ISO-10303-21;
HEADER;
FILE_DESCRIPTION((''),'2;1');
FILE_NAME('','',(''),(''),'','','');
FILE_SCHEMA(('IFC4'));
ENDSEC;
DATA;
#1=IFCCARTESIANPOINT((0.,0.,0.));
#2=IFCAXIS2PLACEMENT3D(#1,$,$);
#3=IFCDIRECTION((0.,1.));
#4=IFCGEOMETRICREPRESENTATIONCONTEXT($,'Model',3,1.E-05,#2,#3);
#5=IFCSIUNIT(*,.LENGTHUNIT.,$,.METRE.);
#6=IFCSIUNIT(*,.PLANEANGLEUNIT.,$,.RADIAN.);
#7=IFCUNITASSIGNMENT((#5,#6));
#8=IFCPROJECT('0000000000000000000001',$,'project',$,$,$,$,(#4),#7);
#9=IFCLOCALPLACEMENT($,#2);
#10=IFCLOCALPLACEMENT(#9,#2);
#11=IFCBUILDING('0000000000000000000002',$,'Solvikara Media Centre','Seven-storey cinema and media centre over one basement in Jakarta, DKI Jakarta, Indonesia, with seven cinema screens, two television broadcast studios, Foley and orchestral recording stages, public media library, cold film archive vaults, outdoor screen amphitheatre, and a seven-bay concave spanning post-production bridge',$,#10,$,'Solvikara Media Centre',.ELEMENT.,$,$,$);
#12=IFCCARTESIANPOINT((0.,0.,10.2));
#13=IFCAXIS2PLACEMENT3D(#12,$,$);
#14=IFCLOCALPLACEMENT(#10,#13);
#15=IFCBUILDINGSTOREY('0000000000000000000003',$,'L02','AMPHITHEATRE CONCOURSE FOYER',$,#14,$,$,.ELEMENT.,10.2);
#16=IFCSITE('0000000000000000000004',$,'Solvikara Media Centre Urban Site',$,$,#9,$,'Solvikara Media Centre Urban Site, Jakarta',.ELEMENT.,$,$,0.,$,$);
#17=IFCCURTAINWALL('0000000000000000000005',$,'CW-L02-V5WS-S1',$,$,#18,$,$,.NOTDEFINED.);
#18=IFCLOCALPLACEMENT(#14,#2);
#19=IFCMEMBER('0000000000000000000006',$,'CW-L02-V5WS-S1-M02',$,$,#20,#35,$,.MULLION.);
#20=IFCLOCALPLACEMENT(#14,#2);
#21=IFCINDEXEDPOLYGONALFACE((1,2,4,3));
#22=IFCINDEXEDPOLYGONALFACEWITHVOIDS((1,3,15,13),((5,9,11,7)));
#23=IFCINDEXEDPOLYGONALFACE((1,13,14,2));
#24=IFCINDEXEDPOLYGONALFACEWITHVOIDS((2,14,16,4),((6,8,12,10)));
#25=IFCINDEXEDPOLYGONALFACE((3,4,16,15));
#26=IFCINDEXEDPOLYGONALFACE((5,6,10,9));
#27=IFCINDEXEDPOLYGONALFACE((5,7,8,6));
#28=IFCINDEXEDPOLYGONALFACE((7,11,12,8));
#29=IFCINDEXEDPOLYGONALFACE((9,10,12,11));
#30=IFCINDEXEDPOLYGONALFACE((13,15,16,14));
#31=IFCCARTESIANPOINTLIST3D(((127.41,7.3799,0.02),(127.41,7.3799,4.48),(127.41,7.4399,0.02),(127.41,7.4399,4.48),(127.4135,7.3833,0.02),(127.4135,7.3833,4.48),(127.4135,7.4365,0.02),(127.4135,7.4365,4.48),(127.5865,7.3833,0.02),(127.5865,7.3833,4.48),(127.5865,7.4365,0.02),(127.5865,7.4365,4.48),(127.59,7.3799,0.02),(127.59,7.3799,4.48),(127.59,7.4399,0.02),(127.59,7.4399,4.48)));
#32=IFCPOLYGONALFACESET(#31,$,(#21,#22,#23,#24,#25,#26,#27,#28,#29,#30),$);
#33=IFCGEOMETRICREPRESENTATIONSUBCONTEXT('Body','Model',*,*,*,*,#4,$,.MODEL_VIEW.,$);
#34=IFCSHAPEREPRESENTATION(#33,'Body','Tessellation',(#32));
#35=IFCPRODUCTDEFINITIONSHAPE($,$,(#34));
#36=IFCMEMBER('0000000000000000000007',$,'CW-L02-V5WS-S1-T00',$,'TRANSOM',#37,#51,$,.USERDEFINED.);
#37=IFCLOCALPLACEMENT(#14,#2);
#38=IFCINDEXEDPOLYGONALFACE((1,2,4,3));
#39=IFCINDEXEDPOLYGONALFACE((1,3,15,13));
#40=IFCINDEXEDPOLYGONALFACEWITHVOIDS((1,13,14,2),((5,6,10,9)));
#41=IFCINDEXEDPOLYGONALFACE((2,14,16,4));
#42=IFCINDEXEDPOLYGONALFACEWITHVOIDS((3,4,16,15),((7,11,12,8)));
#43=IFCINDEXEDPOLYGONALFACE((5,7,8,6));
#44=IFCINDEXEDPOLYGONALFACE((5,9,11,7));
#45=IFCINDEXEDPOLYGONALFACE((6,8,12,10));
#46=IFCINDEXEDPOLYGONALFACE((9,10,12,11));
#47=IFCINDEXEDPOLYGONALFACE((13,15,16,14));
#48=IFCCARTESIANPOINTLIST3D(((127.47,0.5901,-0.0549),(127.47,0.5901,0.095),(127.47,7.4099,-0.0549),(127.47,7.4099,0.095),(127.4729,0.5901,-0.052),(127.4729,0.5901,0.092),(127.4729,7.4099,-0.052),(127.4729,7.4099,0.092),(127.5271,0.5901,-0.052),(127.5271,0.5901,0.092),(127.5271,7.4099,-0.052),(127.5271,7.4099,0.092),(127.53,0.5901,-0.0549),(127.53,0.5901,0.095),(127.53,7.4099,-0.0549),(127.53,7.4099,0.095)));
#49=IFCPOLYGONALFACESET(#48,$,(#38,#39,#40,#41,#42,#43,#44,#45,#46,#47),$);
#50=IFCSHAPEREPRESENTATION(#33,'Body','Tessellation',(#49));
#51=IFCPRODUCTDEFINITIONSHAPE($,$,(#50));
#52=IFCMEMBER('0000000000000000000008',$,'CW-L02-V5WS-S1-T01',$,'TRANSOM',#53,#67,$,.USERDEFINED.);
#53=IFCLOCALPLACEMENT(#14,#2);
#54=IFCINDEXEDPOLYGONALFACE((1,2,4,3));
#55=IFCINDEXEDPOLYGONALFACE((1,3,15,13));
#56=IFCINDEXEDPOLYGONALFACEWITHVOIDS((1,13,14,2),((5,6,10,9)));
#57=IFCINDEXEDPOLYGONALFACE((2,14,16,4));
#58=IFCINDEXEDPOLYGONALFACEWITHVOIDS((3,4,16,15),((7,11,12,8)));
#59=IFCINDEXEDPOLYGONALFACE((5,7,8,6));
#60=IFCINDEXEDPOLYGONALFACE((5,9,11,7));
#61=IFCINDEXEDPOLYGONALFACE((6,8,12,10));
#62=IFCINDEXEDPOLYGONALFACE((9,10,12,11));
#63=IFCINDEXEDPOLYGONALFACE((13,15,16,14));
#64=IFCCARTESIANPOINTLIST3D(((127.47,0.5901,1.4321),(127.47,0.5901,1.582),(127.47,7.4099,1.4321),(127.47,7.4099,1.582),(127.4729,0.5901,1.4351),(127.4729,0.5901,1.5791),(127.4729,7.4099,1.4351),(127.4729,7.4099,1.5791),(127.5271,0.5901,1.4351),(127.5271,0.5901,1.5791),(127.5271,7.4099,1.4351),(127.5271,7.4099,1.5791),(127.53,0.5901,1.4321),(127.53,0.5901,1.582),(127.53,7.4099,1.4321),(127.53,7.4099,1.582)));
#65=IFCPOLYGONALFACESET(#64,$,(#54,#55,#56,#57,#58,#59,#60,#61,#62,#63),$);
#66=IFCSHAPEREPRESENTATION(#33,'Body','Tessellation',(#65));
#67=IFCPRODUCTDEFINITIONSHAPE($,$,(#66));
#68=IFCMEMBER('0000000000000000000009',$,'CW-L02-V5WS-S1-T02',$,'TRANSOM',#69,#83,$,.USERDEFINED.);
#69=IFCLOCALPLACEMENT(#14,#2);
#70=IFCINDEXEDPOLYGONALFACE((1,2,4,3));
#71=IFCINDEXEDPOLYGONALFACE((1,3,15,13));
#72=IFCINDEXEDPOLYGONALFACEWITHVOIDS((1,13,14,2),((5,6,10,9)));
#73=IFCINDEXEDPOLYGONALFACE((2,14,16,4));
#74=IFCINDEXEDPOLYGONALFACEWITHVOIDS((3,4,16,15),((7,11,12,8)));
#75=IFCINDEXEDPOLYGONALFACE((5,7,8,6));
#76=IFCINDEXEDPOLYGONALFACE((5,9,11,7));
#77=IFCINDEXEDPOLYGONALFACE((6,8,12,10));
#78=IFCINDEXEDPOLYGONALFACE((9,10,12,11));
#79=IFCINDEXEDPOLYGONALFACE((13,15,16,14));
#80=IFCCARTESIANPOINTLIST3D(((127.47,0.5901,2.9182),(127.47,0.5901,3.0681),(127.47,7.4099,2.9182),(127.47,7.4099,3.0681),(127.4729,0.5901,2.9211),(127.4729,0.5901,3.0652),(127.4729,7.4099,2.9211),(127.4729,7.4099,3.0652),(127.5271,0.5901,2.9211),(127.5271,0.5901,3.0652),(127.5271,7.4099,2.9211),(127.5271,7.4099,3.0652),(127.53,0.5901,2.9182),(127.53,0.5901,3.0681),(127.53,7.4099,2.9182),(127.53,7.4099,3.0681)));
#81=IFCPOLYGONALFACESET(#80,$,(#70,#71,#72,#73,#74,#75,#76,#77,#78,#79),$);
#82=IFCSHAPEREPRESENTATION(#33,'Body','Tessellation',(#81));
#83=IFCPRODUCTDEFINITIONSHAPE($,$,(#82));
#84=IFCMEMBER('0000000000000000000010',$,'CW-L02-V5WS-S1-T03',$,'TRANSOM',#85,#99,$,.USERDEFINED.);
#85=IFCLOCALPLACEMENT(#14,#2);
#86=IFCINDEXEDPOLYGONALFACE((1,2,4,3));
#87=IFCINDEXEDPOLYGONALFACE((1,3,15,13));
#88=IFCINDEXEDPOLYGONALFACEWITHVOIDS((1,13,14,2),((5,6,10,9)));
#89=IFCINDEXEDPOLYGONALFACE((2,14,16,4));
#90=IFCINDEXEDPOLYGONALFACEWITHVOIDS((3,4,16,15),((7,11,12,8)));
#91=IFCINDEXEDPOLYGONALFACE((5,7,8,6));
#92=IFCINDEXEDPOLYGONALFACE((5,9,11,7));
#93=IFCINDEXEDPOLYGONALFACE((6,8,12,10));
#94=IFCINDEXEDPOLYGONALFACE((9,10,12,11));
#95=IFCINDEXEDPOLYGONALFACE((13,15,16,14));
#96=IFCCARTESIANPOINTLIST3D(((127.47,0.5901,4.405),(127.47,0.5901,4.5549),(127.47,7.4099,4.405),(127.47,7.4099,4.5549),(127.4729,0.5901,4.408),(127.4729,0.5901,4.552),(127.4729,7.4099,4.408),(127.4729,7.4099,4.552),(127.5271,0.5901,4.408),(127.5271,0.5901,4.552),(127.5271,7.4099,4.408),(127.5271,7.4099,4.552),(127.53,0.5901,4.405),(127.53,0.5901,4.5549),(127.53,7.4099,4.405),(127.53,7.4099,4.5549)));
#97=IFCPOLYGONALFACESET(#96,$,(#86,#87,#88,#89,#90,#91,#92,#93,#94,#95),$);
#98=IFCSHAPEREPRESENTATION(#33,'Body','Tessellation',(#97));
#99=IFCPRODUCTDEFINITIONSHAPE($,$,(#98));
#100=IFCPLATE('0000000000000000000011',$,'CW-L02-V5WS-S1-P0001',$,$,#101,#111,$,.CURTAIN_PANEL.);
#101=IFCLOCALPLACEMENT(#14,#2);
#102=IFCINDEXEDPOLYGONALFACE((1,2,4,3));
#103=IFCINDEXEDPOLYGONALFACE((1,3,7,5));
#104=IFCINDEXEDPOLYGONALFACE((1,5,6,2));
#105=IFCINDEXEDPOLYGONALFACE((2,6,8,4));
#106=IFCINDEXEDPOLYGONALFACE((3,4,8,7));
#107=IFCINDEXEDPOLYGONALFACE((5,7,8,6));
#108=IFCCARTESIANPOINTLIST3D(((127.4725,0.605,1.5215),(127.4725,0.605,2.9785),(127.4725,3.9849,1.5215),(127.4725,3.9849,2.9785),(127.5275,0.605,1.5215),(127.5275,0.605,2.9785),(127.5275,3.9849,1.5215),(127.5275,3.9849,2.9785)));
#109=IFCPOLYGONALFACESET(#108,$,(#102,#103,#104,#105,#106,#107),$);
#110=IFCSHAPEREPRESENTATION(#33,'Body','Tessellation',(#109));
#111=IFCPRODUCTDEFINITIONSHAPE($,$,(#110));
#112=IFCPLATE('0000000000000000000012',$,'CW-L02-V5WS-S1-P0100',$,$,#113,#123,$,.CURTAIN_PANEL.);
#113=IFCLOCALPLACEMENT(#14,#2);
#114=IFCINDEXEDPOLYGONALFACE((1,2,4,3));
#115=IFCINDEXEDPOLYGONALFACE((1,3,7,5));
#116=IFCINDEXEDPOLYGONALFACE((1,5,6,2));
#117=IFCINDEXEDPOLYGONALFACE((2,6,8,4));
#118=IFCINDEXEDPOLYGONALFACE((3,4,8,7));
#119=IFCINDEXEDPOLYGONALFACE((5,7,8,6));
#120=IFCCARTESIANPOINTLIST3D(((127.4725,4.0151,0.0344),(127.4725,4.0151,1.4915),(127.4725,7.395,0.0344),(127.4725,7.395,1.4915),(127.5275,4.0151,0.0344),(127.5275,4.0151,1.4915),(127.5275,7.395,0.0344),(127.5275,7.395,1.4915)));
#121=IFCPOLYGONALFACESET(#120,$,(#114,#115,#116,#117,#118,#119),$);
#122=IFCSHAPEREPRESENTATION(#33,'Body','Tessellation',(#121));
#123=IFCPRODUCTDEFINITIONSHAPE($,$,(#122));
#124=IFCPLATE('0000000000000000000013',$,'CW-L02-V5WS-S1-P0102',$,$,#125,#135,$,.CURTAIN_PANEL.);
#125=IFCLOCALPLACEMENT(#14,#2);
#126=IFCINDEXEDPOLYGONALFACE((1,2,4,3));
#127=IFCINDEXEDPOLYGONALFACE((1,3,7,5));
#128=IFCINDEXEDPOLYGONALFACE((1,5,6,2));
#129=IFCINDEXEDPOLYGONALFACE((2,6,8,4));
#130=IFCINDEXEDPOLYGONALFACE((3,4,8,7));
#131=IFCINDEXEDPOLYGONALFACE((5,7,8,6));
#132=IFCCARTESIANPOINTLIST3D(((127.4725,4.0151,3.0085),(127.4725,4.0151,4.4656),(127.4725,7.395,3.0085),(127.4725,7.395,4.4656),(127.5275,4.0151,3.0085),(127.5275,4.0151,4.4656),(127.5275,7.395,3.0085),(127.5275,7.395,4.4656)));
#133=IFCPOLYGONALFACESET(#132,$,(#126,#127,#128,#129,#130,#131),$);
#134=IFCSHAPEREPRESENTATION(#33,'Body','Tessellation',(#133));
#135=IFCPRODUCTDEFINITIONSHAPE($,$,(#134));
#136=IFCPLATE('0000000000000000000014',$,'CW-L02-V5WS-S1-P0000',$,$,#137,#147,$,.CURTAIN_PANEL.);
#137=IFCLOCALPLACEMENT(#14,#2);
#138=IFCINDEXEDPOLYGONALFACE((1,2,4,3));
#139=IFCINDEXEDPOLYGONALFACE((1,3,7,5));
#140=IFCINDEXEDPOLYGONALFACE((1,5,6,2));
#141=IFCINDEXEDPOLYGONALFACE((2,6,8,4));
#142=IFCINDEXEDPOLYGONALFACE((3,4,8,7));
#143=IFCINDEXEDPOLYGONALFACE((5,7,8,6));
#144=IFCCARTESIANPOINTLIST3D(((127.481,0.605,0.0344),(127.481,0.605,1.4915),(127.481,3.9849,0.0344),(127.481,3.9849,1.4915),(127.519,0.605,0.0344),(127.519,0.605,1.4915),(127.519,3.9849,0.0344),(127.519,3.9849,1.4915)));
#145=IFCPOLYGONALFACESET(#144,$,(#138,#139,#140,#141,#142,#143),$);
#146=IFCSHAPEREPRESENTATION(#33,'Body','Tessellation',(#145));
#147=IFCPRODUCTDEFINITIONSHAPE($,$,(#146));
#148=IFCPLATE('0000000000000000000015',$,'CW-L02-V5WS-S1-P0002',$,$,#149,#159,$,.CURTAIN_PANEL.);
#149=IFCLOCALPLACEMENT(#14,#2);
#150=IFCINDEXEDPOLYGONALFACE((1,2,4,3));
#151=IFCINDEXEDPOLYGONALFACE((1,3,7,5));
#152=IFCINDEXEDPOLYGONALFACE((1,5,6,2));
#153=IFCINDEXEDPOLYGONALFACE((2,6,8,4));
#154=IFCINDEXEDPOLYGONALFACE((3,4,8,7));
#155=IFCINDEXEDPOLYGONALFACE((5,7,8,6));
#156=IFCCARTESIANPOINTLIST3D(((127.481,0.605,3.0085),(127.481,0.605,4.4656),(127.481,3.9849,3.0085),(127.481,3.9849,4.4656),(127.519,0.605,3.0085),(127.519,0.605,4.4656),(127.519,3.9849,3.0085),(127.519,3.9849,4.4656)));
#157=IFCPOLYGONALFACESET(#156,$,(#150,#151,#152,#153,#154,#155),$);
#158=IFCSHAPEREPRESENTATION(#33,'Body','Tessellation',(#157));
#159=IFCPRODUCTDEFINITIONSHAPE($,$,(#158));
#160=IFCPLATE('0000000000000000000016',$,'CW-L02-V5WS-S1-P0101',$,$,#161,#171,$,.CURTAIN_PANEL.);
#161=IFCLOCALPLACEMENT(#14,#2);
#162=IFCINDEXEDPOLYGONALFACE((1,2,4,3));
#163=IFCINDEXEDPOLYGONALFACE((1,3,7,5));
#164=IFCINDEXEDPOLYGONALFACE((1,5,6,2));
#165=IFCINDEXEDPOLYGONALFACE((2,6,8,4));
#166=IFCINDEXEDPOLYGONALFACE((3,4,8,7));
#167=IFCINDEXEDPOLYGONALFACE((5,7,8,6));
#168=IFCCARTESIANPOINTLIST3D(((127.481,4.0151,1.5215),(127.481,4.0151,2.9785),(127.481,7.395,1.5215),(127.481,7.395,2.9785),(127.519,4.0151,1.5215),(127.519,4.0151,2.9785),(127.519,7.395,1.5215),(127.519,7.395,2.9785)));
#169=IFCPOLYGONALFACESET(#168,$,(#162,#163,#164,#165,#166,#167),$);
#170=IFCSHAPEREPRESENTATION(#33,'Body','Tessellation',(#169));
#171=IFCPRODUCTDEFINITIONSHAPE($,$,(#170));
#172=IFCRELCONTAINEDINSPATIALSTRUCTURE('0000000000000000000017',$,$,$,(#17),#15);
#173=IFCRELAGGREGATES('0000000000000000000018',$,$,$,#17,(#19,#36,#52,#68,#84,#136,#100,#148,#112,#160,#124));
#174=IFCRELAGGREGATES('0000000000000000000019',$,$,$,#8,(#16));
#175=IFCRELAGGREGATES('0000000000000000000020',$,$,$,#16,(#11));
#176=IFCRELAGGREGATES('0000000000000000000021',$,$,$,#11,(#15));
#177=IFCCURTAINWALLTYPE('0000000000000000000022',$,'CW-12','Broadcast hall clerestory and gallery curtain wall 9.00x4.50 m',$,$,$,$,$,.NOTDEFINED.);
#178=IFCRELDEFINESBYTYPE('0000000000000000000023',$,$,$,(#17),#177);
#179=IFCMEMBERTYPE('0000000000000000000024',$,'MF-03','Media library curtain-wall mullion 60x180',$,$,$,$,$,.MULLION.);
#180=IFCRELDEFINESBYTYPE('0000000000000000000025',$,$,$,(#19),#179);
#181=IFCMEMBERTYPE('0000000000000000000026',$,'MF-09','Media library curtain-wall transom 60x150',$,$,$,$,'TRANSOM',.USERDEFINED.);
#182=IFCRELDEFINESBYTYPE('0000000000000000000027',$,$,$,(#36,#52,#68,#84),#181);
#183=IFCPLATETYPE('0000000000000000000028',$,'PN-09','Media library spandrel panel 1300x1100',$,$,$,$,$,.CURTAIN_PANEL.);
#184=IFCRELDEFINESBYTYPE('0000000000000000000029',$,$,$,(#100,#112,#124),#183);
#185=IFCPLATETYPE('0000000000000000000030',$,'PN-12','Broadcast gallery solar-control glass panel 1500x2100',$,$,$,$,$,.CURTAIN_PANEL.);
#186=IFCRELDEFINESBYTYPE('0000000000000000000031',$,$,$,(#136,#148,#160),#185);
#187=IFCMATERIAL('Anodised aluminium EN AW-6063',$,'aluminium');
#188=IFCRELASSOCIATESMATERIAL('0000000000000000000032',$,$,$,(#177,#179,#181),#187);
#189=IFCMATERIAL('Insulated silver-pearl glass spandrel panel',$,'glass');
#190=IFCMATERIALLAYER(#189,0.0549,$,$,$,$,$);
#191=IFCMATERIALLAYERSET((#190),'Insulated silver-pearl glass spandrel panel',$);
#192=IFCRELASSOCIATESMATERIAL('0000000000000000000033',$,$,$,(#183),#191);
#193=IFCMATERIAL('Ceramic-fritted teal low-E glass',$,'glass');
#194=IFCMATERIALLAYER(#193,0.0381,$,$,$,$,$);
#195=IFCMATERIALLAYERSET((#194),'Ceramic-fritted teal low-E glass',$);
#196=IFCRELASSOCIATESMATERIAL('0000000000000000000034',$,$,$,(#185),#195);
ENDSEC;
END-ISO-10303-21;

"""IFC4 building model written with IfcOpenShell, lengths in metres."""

from ifc_helpers import new_model, si_unit, direction, frame, origin, origin_2d, place, context, subcontext, project, spatial, rectangle, hollow_rectangle, extrude, material, layer, layer_set, material_profile, profile_set, type_object, element, aggregate, save


model = new_model("IFC4")

# Units and contexts
model_context = context("Model", 3, precision=1e-05, world=origin(), true_north=direction((0.0, 1.0)))
body_context = subcontext(model_context, "Body", "Model", "MODEL_VIEW")
ifc_project = project(units=[si_unit("LENGTHUNIT", "METRE"), si_unit("PLANEANGLEUNIT", "RADIAN")], contexts=[model_context])

# Site, building, storey
site_placement = place(None, origin())
site = spatial("IfcSite", under=ifc_project, at=site_placement, Name="Solvikara Media Centre Urban Site", LongName="Solvikara Media Centre Urban Site, Jakarta", CompositionType="ELEMENT", RefElevation=0.0)
building_placement = place(site_placement, origin())
building = spatial("IfcBuilding", under=site, at=building_placement, Name="Solvikara Media Centre", Description="Seven-storey cinema and media centre over one basement in Jakarta, DKI Jakarta, Indonesia, with seven cinema screens, two television broadcast studios, Foley and orchestral recording stages, public media library, cold film archive vaults, outdoor screen amphitheatre, and a seven-bay concave spanning post-production bridge", LongName="Solvikara Media Centre", CompositionType="ELEMENT")
storey_placement = place(building_placement, frame((0.0, 0.0, 10.2)))
storey = spatial("IfcBuildingStorey", under=building, at=storey_placement, Name="L02", Description="AMPHITHEATRE CONCOURSE FOYER", CompositionType="ELEMENT", Elevation=10.2)

# Curtain wall, members, plates
ifc_material_1 = material(Name="Anodised aluminium EN AW-6063", Category="aluminium")
curtain_wall_type = type_object("IfcCurtainWallType", Name="CW-12", Description="Broadcast hall clerestory and gallery curtain wall 9.00x4.50 m", PredefinedType="NOTDEFINED", material=ifc_material_1)
curtain_wall_placement = place(storey_placement, origin())
curtain_wall = element("IfcCurtainWall", 1, at=curtain_wall_placement, inside=storey, type_object=curtain_wall_type, Name="CW-L02-V5WS-S1", PredefinedType="NOTDEFINED")
ifc_material_profile_1 = material_profile(ifc_material_1, hollow_rectangle(XDim=0.0601, YDim=0.1799, WallThickness=0.0034, at=origin_2d()), Name="ALU-M 60x180x3.5")
ifc_profile_set_1 = profile_set([ifc_material_profile_1], Name="Anodised aluminium EN AW-6063")
member_type_1 = type_object("IfcMemberType", Name="MF-03", Description="Media library curtain-wall mullion 60x180", PredefinedType="MULLION", material=ifc_profile_set_1)
member_1_placement = place(storey_placement, frame((127.5, 7.4099, 0.02), z_axis=(0.0, 0.0, 1.0), x_axis=(0.0, 1.0, 0.0)))
member_1 = element("IfcMember", 2, at=member_1_placement, type_object=member_type_1, Name="CW-L02-V5WS-S1-M02", PredefinedType="MULLION", context=body_context, shape_type="SweptSolid", body=[
    extrude(hollow_rectangle(XDim=0.0601, YDim=0.1799, WallThickness=0.0034, at=origin_2d()), origin(), (0.0, 0.0, 1.0), 4.46),
])
ifc_material_profile_2 = material_profile(ifc_material_1, hollow_rectangle(XDim=0.0601, YDim=0.1499, WallThickness=0.0029, at=origin_2d()), Name="ALU-T 60x150x3")
ifc_profile_set_2 = profile_set([ifc_material_profile_2], Name="Anodised aluminium EN AW-6063")
member_type_2 = type_object("IfcMemberType", Name="MF-09", Description="Media library curtain-wall transom 60x150", ElementType="TRANSOM", PredefinedType="USERDEFINED", material=ifc_profile_set_2)
member_2_placement = place(storey_placement, frame((127.5, 0.5901, 0.02), z_axis=(0.0, 1.0, 0.0), x_axis=(-1.0, 0.0, 0.0)))
member_2 = element("IfcMember", 3, at=member_2_placement, type_object=member_type_2, Name="CW-L02-V5WS-S1-T00", ObjectType="TRANSOM", PredefinedType="USERDEFINED", context=body_context, shape_type="SweptSolid", body=[
    extrude(hollow_rectangle(XDim=0.0601, YDim=0.1499, WallThickness=0.0029, at=origin_2d()), origin(), (0.0, 0.0, 1.0), 6.8198),
])
member_3_placement = place(storey_placement, frame((127.5, 0.5901, 1.5071), z_axis=(0.0, 1.0, 0.0), x_axis=(-1.0, 0.0, 0.0)))
member_3 = element("IfcMember", 4, at=member_3_placement, type_object=member_type_2, Name="CW-L02-V5WS-S1-T01", ObjectType="TRANSOM", PredefinedType="USERDEFINED", context=body_context, shape_type="SweptSolid", body=[
    extrude(hollow_rectangle(XDim=0.0601, YDim=0.1499, WallThickness=0.0029, at=origin_2d()), origin(), (0.0, 0.0, 1.0), 6.8198),
])
member_4_placement = place(storey_placement, frame((127.5, 0.5901, 2.9932), z_axis=(0.0, 1.0, 0.0), x_axis=(-1.0, 0.0, 0.0)))
member_4 = element("IfcMember", 5, at=member_4_placement, type_object=member_type_2, Name="CW-L02-V5WS-S1-T02", ObjectType="TRANSOM", PredefinedType="USERDEFINED", context=body_context, shape_type="SweptSolid", body=[
    extrude(hollow_rectangle(XDim=0.0601, YDim=0.1499, WallThickness=0.0029, at=origin_2d()), origin(), (0.0, 0.0, 1.0), 6.8198),
])
member_5_placement = place(storey_placement, frame((127.5, 0.5901, 4.48), z_axis=(0.0, 1.0, 0.0), x_axis=(-1.0, 0.0, 0.0)))
member_5 = element("IfcMember", 6, at=member_5_placement, type_object=member_type_2, Name="CW-L02-V5WS-S1-T03", ObjectType="TRANSOM", PredefinedType="USERDEFINED", context=body_context, shape_type="SweptSolid", body=[
    extrude(hollow_rectangle(XDim=0.0601, YDim=0.1499, WallThickness=0.0029, at=origin_2d()), origin(), (0.0, 0.0, 1.0), 6.8198),
])
ifc_material_2 = material(Name="Insulated silver-pearl glass spandrel panel", Category="glass")
ifc_layer_1 = layer(ifc_material_2, 0.0549)
ifc_layer_set_1 = layer_set([ifc_layer_1], Name="Insulated silver-pearl glass spandrel panel")
plate_type_1 = type_object("IfcPlateType", Name="PN-09", Description="Media library spandrel panel 1300x1100", PredefinedType="CURTAIN_PANEL", material=ifc_layer_set_1)
plate_1_placement = place(storey_placement, frame((127.5, 2.2949, 1.5215), z_axis=(0.0, 0.0, 1.0), x_axis=(0.0, 1.0, 0.0)))
plate_1 = element("IfcPlate", 7, at=plate_1_placement, type_object=plate_type_1, Name="CW-L02-V5WS-S1-P0001", PredefinedType="CURTAIN_PANEL", context=body_context, shape_type="SweptSolid", body=[
    extrude(rectangle(XDim=3.3799, YDim=0.0549, at=origin_2d()), origin(), (0.0, 0.0, 1.0), 1.457),
])
plate_2_placement = place(storey_placement, frame((127.5, 5.7051, 0.0344), z_axis=(0.0, 0.0, 1.0), x_axis=(0.0, 1.0, 0.0)))
plate_2 = element("IfcPlate", 8, at=plate_2_placement, type_object=plate_type_1, Name="CW-L02-V5WS-S1-P0100", PredefinedType="CURTAIN_PANEL", context=body_context, shape_type="SweptSolid", body=[
    extrude(rectangle(XDim=3.3799, YDim=0.0549, at=origin_2d()), origin(), (0.0, 0.0, 1.0), 1.457),
])
plate_3_placement = place(storey_placement, frame((127.5, 5.7051, 3.0085), z_axis=(0.0, 0.0, 1.0), x_axis=(0.0, 1.0, 0.0)))
plate_3 = element("IfcPlate", 9, at=plate_3_placement, type_object=plate_type_1, Name="CW-L02-V5WS-S1-P0102", PredefinedType="CURTAIN_PANEL", context=body_context, shape_type="SweptSolid", body=[
    extrude(rectangle(XDim=3.3799, YDim=0.0549, at=origin_2d()), origin(), (0.0, 0.0, 1.0), 1.457),
])
ifc_material_3 = material(Name="Ceramic-fritted teal low-E glass", Category="glass")
ifc_layer_2 = layer(ifc_material_3, 0.0381)
ifc_layer_set_2 = layer_set([ifc_layer_2], Name="Ceramic-fritted teal low-E glass")
plate_type_2 = type_object("IfcPlateType", Name="PN-12", Description="Broadcast gallery solar-control glass panel 1500x2100", PredefinedType="CURTAIN_PANEL", material=ifc_layer_set_2)
plate_4_placement = place(storey_placement, frame((127.5, 2.2949, 0.0344), z_axis=(0.0, 0.0, 1.0), x_axis=(0.0, 1.0, 0.0)))
plate_4 = element("IfcPlate", 10, at=plate_4_placement, type_object=plate_type_2, Name="CW-L02-V5WS-S1-P0000", PredefinedType="CURTAIN_PANEL", context=body_context, shape_type="SweptSolid", body=[
    extrude(rectangle(XDim=3.3799, YDim=0.0381, at=origin_2d()), origin(), (0.0, 0.0, 1.0), 1.457),
])
plate_5_placement = place(storey_placement, frame((127.5, 2.2949, 3.0085), z_axis=(0.0, 0.0, 1.0), x_axis=(0.0, 1.0, 0.0)))
plate_5 = element("IfcPlate", 11, at=plate_5_placement, type_object=plate_type_2, Name="CW-L02-V5WS-S1-P0002", PredefinedType="CURTAIN_PANEL", context=body_context, shape_type="SweptSolid", body=[
    extrude(rectangle(XDim=3.3799, YDim=0.0381, at=origin_2d()), origin(), (0.0, 0.0, 1.0), 1.457),
])
plate_6_placement = place(storey_placement, frame((127.5, 5.7051, 1.5215), z_axis=(0.0, 0.0, 1.0), x_axis=(0.0, 1.0, 0.0)))
plate_6 = element("IfcPlate", 12, at=plate_6_placement, type_object=plate_type_2, Name="CW-L02-V5WS-S1-P0101", PredefinedType="CURTAIN_PANEL", context=body_context, shape_type="SweptSolid", body=[
    extrude(rectangle(XDim=3.3799, YDim=0.0381, at=origin_2d()), origin(), (0.0, 0.0, 1.0), 1.457),
])
aggregate(curtain_wall, [member_1, member_2, member_3, member_4, member_5, plate_4, plate_1, plate_5, plate_2, plate_6, plate_3])

save(model, "model.ifc")
